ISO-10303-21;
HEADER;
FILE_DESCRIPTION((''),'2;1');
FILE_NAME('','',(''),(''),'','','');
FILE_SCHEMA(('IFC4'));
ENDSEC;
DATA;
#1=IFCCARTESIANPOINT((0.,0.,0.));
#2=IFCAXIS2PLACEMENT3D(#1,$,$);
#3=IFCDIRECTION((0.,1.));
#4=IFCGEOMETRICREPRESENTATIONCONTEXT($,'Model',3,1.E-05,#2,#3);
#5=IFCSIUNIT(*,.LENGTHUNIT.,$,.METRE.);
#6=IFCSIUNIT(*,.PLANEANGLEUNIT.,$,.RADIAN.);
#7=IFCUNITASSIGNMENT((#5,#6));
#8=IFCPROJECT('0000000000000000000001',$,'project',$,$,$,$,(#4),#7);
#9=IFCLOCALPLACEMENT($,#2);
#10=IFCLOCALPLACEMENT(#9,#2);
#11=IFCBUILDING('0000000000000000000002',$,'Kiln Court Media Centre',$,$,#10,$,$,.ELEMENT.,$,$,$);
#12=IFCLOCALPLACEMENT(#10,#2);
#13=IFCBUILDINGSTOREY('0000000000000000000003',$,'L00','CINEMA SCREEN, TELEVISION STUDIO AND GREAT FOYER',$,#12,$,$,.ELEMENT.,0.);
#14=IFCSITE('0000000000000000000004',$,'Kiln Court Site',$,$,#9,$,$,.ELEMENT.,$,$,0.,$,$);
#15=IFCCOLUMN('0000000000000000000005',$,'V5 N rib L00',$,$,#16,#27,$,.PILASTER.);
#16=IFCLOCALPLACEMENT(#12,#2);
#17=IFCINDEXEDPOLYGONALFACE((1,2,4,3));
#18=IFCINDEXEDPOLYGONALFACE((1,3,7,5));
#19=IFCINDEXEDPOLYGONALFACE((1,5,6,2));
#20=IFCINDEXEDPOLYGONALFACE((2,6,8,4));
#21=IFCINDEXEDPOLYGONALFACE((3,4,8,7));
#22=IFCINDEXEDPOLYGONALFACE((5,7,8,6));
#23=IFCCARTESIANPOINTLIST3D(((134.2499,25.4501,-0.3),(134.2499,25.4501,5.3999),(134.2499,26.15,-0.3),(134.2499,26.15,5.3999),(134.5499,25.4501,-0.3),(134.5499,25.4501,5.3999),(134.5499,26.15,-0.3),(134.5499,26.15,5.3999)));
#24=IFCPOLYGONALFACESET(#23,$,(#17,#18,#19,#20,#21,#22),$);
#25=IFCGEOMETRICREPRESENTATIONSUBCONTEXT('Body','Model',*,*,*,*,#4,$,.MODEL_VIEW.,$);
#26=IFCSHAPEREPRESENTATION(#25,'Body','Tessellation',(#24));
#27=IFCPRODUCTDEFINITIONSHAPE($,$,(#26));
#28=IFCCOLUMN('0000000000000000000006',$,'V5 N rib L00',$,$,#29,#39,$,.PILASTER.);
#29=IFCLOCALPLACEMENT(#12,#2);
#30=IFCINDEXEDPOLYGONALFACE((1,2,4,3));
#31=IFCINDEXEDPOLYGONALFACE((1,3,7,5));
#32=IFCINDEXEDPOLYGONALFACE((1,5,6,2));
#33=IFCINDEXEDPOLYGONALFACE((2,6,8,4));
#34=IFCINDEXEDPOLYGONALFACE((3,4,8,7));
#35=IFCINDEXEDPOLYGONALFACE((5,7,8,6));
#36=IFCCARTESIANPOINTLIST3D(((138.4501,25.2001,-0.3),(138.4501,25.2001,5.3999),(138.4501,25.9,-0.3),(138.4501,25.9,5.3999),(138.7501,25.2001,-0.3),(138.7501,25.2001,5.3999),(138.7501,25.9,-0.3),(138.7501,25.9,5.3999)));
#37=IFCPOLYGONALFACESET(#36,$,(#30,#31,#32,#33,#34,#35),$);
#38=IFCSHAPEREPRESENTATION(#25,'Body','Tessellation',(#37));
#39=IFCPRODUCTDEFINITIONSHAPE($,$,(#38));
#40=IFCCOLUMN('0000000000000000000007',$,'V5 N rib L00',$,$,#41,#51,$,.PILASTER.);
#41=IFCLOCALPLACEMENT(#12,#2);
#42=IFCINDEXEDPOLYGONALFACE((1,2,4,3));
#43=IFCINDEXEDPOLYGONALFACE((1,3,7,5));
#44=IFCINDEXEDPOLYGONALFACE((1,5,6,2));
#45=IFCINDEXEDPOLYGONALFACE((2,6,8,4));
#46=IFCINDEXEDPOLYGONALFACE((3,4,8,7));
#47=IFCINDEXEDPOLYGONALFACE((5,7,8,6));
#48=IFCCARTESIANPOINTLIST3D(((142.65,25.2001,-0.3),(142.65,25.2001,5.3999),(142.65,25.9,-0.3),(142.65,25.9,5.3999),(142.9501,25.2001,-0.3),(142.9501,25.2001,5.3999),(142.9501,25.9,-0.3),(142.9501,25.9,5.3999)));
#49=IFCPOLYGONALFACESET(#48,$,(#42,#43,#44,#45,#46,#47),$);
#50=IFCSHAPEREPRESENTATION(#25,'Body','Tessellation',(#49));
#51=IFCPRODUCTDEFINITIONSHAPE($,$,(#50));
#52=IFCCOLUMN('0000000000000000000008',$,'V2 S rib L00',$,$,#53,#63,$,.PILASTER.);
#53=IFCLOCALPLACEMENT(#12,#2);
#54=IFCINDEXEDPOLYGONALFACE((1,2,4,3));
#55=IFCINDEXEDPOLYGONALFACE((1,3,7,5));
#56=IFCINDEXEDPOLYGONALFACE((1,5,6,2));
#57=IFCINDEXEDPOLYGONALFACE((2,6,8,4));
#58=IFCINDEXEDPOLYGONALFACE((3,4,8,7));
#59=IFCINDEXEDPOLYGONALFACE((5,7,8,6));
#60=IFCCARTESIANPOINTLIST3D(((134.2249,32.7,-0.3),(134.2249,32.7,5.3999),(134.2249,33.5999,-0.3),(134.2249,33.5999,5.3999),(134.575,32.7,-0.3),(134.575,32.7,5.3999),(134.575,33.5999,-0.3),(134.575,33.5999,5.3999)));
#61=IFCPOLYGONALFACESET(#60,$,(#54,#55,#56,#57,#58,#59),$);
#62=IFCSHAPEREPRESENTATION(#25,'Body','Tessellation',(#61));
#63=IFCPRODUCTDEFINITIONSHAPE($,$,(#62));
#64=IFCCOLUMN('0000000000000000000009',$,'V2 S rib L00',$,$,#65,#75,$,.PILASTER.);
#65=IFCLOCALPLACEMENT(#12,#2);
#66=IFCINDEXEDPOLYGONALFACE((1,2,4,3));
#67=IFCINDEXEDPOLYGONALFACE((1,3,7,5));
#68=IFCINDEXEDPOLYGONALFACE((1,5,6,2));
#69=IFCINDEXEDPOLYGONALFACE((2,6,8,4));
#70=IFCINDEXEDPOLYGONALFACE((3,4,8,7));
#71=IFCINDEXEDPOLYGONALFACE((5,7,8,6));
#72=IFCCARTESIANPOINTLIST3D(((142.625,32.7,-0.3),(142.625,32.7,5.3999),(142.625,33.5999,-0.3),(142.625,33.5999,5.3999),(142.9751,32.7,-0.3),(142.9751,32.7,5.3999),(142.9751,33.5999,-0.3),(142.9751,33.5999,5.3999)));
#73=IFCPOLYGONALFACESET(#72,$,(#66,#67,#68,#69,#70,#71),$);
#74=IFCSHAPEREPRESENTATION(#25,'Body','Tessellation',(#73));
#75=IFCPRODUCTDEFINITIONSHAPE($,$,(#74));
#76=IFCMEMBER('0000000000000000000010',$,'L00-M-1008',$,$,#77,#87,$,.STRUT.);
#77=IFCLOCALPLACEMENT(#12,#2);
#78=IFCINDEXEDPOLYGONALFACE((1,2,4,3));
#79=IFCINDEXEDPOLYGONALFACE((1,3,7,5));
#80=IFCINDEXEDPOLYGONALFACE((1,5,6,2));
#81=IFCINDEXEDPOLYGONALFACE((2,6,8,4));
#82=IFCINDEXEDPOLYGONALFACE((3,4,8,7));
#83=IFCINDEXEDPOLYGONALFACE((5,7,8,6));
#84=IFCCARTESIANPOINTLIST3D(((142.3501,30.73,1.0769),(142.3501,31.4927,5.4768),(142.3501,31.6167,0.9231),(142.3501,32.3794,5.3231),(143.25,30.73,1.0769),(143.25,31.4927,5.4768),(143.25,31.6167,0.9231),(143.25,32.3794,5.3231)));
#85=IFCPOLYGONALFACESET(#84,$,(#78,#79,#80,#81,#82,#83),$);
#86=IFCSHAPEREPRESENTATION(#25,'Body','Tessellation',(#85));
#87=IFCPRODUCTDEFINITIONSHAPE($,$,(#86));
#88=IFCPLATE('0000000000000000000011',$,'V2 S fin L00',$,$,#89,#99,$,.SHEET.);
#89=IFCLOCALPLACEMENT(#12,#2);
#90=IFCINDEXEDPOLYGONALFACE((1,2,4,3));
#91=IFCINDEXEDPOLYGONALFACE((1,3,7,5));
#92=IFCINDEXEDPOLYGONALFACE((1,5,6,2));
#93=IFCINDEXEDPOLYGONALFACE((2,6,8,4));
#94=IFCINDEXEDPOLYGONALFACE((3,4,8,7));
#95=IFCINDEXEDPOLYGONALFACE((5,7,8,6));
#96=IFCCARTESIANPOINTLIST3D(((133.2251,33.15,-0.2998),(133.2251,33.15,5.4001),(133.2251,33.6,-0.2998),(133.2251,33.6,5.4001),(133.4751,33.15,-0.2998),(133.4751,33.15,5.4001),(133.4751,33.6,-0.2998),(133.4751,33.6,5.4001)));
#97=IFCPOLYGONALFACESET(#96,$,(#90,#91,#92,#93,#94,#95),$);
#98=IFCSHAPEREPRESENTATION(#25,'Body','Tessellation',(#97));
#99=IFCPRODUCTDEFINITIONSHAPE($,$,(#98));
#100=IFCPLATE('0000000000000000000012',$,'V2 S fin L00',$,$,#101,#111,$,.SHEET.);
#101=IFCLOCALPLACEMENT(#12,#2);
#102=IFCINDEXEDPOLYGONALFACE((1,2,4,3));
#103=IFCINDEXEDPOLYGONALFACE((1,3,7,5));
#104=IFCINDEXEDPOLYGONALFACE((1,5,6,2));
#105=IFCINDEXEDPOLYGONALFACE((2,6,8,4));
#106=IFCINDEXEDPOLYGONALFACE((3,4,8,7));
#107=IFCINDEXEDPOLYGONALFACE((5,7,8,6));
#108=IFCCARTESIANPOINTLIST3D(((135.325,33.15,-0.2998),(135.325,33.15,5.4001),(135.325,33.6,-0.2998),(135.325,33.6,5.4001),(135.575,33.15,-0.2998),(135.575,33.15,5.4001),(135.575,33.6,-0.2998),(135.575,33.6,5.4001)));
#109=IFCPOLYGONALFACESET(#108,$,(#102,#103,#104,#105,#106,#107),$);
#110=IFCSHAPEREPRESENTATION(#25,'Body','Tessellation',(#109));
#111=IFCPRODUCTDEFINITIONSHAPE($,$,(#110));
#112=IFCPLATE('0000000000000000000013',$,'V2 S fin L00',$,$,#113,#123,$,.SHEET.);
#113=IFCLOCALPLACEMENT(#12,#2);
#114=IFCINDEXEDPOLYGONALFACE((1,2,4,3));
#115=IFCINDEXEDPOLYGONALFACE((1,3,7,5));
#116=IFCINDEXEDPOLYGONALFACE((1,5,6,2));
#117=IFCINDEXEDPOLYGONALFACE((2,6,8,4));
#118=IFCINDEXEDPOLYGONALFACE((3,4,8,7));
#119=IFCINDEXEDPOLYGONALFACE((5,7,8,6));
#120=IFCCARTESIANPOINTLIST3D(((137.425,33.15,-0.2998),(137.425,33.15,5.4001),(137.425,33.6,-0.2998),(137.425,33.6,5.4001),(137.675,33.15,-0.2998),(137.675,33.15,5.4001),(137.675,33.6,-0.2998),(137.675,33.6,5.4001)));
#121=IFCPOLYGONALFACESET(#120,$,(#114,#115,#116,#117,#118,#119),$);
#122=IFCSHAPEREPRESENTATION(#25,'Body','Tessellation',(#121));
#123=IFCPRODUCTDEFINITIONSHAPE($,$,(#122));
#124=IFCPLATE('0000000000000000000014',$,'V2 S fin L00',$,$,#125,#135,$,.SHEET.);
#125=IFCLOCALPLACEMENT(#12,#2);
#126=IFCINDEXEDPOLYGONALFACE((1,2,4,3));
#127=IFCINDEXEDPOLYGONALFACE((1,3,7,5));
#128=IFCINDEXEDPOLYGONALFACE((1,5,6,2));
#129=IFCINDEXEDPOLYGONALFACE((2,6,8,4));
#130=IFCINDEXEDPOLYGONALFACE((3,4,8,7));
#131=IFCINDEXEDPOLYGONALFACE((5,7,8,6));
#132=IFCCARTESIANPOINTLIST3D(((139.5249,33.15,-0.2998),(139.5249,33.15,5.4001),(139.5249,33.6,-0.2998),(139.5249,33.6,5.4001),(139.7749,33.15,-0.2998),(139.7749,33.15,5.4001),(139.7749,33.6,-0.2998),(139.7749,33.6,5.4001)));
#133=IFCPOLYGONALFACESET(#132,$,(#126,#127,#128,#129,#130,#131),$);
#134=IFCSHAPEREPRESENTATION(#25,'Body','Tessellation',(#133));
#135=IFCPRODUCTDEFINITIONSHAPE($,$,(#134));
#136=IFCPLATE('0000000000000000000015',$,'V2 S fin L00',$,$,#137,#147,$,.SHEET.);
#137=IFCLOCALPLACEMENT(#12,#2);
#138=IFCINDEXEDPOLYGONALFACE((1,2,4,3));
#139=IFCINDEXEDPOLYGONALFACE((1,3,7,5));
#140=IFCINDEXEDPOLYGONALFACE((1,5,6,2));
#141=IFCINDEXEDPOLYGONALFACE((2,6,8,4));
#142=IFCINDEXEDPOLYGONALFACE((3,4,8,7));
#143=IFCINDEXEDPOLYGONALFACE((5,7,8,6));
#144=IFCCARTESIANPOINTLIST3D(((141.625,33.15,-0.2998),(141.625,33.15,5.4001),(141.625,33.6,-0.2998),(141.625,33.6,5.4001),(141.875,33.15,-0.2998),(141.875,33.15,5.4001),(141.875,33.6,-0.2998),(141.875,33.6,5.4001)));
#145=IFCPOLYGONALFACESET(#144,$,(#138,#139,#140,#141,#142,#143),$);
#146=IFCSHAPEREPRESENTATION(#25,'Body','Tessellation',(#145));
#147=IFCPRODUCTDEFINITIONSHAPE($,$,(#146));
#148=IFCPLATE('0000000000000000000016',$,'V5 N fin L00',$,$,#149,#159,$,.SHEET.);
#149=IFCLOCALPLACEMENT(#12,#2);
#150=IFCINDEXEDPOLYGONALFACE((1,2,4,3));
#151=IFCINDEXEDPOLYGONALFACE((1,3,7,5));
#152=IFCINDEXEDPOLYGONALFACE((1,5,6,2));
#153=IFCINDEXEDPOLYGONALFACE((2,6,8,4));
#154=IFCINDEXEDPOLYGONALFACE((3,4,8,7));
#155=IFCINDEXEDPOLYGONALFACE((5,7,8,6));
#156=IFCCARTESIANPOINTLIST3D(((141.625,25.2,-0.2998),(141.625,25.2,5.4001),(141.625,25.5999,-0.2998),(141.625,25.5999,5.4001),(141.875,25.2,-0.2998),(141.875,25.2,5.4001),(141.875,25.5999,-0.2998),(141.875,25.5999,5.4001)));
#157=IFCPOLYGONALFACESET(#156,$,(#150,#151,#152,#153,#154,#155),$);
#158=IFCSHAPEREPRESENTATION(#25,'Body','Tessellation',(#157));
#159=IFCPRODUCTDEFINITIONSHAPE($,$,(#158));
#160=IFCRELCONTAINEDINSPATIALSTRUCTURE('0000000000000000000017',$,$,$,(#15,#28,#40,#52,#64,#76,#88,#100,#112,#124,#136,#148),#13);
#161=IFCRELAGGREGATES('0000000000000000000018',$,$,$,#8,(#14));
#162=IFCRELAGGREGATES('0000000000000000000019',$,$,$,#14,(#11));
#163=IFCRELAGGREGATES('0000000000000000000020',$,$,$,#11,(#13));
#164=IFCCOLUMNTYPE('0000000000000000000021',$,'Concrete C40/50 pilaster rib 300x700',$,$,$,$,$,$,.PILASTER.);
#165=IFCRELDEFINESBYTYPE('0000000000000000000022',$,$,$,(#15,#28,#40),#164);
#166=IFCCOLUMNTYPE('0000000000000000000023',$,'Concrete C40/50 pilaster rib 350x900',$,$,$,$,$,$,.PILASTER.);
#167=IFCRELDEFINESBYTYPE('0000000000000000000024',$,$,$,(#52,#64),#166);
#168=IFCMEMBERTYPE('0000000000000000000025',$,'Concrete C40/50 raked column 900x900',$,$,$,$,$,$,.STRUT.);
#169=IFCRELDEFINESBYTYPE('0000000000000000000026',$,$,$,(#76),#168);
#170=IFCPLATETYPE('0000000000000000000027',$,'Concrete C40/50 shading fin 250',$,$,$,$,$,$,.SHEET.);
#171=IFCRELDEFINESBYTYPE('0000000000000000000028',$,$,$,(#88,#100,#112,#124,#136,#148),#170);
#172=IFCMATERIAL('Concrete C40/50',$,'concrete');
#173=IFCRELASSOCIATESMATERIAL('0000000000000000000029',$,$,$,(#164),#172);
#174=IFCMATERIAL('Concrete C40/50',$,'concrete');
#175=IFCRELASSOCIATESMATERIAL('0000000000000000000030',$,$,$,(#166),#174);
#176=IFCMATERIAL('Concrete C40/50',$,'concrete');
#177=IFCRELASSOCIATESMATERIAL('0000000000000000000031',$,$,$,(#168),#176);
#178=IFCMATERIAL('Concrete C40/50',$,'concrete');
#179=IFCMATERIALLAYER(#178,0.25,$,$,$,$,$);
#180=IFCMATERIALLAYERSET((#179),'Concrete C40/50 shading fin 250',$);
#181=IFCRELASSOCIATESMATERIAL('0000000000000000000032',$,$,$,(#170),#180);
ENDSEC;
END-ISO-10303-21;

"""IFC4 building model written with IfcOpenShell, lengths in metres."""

from ifc_helpers import new_model, si_unit, direction, frame, origin, origin_2d, place, context, subcontext, project, spatial, rectangle, extrude, material, layer, layer_set, material_profile, profile_set, type_object, element, save


model = new_model("IFC4")

# Units and contexts
model_context = context("Model", 3, precision=1e-05, world=origin(), true_north=direction((0.0, 1.0)))
body_context = subcontext(model_context, "Body", "Model", "MODEL_VIEW")
ifc_project = project(units=[si_unit("LENGTHUNIT", "METRE"), si_unit("PLANEANGLEUNIT", "RADIAN")], contexts=[model_context])

# Site, building, storey
site_placement = place(None, origin())
site = spatial("IfcSite", under=ifc_project, at=site_placement, Name="Kiln Court Site", CompositionType="ELEMENT", RefElevation=0.0)
building_placement = place(site_placement, origin())
building = spatial("IfcBuilding", under=site, at=building_placement, Name="Kiln Court Media Centre", CompositionType="ELEMENT")
storey_placement = place(building_placement, origin())
storey = spatial("IfcBuildingStorey", under=building, at=storey_placement, Name="L00", Description="CINEMA SCREEN, TELEVISION STUDIO AND GREAT FOYER", CompositionType="ELEMENT", Elevation=0.0)

# Columns
ifc_material_1 = material(Name="Concrete C40/50", Category="concrete")
ifc_material_profile_1 = material_profile(ifc_material_1, rectangle(XDim=0.3, YDim=0.7, at=origin_2d()), Name="RC 300x700")
ifc_profile_set_1 = profile_set([ifc_material_profile_1], Name="Concrete C40/50")
column_type_1 = type_object("IfcColumnType", Name="Concrete C40/50 pilaster rib 300x700", PredefinedType="PILASTER", material=ifc_profile_set_1)
for number, where, z_axis, x_axis, name in (
    (1, (134.3999, 25.8, -0.3), (0.0, 0.0, 1.0), (1.0, 0.0, 0.0), "V5 N rib L00"),
    (2, (138.6001, 25.55, -0.3), (0.0, 0.0, 1.0), (1.0, 0.0, 0.0), "V5 N rib L00"),
    (3, (142.8, 25.55, -0.3), (0.0, 0.0, 1.0), (1.0, 0.0, 0.0), "V5 N rib L00"),
):
    element("IfcColumn", number, at=place(storey_placement, frame(where, z_axis=z_axis, x_axis=x_axis)), inside=storey, type_object=column_type_1, Name=name, PredefinedType="PILASTER", context=body_context, shape_type="SweptSolid", body=[
        extrude(rectangle(XDim=0.3, YDim=0.7, at=origin_2d()), origin(), (0.0, 0.0, 1.0), 5.7),
    ])
ifc_material_2 = material(Name="Concrete C40/50", Category="concrete")
ifc_material_profile_2 = material_profile(ifc_material_2, rectangle(XDim=0.3501, YDim=0.8999, at=origin_2d()), Name="RC 350x900")
ifc_profile_set_2 = profile_set([ifc_material_profile_2], Name="Concrete C40/50")
column_type_2 = type_object("IfcColumnType", Name="Concrete C40/50 pilaster rib 350x900", PredefinedType="PILASTER", material=ifc_profile_set_2)
for number, where, z_axis, x_axis, name in (
    (4, (134.3999, 33.1499, -0.3), (0.0, 0.0, 1.0), (1.0, 0.0, 0.0), "V2 S rib L00"),
    (5, (142.8, 33.1499, -0.3), (0.0, 0.0, 1.0), (1.0, 0.0, 0.0), "V2 S rib L00"),
):
    element("IfcColumn", number, at=place(storey_placement, frame(where, z_axis=z_axis, x_axis=x_axis)), inside=storey, type_object=column_type_2, Name=name, PredefinedType="PILASTER", context=body_context, shape_type="SweptSolid", body=[
        extrude(rectangle(XDim=0.3501, YDim=0.8999, at=origin_2d()), origin(), (0.0, 0.0, 1.0), 5.7),
    ])

# Member
ifc_material_3 = material(Name="Concrete C40/50", Category="concrete")
ifc_material_profile_3 = material_profile(ifc_material_3, rectangle(XDim=0.8999, YDim=0.8999, at=origin_2d()), Name="RC 900x900")
ifc_profile_set_3 = profile_set([ifc_material_profile_3], Name="Concrete C40/50")
member_type = type_object("IfcMemberType", Name="Concrete C40/50 raked column 900x900", PredefinedType="STRUT", material=ifc_profile_set_3)
member_placement = place(storey_placement, frame((142.8, 31.1733, 1.0), z_axis=(0.0, 0.170797, 0.985306), x_axis=(-1.0, 0.0, 0.0)))
element("IfcMember", 6, at=member_placement, inside=storey, type_object=member_type, Name="L00-M-1008", PredefinedType="STRUT", context=body_context, shape_type="SweptSolid", body=[
    extrude(rectangle(XDim=0.8999, YDim=0.8999, at=origin_2d()), origin(), (0.0, 0.0, 1.0), 4.4656),
])

# Plates
ifc_material_4 = material(Name="Concrete C40/50", Category="concrete")
ifc_layer = layer(ifc_material_4, 0.25)
ifc_layer_set = layer_set([ifc_layer], Name="Concrete C40/50 shading fin 250")
plate_type = type_object("IfcPlateType", Name="Concrete C40/50 shading fin 250", PredefinedType="SHEET", material=ifc_layer_set)
for number, where, z_axis, x_axis, name in (
    (7, (133.3501, 33.375, -0.2998), (0.0, 0.0, 1.0), (1.0, 0.0, 0.0), "V2 S fin L00"),
    (8, (135.45, 33.375, -0.2998), (0.0, 0.0, 1.0), (1.0, 0.0, 0.0), "V2 S fin L00"),
    (9, (137.55, 33.375, -0.2998), (0.0, 0.0, 1.0), (1.0, 0.0, 0.0), "V2 S fin L00"),
    (10, (139.6499, 33.375, -0.2998), (0.0, 0.0, 1.0), (1.0, 0.0, 0.0), "V2 S fin L00"),
    (11, (141.75, 33.375, -0.2998), (0.0, 0.0, 1.0), (1.0, 0.0, 0.0), "V2 S fin L00"),
):
    element("IfcPlate", number, at=place(storey_placement, frame(where, z_axis=z_axis, x_axis=x_axis)), inside=storey, type_object=plate_type, Name=name, PredefinedType="SHEET", context=body_context, shape_type="SweptSolid", body=[
        extrude(rectangle(XDim=0.25, YDim=0.45, at=origin_2d()), origin(), (0.0, 0.0, 1.0), 5.7),
    ])
plate_placement = place(storey_placement, frame((141.75, 25.3999, -0.2998), z_axis=(0.0, 0.0, 1.0), x_axis=(1.0, 0.0, 0.0)))
element("IfcPlate", 12, at=plate_placement, inside=storey, type_object=plate_type, Name="V5 N fin L00", PredefinedType="SHEET", context=body_context, shape_type="SweptSolid", body=[
    extrude(rectangle(XDim=0.25, YDim=0.3999, at=origin_2d()), origin(), (0.0, 0.0, 1.0), 5.7),
])

save(model, "model.ifc")
